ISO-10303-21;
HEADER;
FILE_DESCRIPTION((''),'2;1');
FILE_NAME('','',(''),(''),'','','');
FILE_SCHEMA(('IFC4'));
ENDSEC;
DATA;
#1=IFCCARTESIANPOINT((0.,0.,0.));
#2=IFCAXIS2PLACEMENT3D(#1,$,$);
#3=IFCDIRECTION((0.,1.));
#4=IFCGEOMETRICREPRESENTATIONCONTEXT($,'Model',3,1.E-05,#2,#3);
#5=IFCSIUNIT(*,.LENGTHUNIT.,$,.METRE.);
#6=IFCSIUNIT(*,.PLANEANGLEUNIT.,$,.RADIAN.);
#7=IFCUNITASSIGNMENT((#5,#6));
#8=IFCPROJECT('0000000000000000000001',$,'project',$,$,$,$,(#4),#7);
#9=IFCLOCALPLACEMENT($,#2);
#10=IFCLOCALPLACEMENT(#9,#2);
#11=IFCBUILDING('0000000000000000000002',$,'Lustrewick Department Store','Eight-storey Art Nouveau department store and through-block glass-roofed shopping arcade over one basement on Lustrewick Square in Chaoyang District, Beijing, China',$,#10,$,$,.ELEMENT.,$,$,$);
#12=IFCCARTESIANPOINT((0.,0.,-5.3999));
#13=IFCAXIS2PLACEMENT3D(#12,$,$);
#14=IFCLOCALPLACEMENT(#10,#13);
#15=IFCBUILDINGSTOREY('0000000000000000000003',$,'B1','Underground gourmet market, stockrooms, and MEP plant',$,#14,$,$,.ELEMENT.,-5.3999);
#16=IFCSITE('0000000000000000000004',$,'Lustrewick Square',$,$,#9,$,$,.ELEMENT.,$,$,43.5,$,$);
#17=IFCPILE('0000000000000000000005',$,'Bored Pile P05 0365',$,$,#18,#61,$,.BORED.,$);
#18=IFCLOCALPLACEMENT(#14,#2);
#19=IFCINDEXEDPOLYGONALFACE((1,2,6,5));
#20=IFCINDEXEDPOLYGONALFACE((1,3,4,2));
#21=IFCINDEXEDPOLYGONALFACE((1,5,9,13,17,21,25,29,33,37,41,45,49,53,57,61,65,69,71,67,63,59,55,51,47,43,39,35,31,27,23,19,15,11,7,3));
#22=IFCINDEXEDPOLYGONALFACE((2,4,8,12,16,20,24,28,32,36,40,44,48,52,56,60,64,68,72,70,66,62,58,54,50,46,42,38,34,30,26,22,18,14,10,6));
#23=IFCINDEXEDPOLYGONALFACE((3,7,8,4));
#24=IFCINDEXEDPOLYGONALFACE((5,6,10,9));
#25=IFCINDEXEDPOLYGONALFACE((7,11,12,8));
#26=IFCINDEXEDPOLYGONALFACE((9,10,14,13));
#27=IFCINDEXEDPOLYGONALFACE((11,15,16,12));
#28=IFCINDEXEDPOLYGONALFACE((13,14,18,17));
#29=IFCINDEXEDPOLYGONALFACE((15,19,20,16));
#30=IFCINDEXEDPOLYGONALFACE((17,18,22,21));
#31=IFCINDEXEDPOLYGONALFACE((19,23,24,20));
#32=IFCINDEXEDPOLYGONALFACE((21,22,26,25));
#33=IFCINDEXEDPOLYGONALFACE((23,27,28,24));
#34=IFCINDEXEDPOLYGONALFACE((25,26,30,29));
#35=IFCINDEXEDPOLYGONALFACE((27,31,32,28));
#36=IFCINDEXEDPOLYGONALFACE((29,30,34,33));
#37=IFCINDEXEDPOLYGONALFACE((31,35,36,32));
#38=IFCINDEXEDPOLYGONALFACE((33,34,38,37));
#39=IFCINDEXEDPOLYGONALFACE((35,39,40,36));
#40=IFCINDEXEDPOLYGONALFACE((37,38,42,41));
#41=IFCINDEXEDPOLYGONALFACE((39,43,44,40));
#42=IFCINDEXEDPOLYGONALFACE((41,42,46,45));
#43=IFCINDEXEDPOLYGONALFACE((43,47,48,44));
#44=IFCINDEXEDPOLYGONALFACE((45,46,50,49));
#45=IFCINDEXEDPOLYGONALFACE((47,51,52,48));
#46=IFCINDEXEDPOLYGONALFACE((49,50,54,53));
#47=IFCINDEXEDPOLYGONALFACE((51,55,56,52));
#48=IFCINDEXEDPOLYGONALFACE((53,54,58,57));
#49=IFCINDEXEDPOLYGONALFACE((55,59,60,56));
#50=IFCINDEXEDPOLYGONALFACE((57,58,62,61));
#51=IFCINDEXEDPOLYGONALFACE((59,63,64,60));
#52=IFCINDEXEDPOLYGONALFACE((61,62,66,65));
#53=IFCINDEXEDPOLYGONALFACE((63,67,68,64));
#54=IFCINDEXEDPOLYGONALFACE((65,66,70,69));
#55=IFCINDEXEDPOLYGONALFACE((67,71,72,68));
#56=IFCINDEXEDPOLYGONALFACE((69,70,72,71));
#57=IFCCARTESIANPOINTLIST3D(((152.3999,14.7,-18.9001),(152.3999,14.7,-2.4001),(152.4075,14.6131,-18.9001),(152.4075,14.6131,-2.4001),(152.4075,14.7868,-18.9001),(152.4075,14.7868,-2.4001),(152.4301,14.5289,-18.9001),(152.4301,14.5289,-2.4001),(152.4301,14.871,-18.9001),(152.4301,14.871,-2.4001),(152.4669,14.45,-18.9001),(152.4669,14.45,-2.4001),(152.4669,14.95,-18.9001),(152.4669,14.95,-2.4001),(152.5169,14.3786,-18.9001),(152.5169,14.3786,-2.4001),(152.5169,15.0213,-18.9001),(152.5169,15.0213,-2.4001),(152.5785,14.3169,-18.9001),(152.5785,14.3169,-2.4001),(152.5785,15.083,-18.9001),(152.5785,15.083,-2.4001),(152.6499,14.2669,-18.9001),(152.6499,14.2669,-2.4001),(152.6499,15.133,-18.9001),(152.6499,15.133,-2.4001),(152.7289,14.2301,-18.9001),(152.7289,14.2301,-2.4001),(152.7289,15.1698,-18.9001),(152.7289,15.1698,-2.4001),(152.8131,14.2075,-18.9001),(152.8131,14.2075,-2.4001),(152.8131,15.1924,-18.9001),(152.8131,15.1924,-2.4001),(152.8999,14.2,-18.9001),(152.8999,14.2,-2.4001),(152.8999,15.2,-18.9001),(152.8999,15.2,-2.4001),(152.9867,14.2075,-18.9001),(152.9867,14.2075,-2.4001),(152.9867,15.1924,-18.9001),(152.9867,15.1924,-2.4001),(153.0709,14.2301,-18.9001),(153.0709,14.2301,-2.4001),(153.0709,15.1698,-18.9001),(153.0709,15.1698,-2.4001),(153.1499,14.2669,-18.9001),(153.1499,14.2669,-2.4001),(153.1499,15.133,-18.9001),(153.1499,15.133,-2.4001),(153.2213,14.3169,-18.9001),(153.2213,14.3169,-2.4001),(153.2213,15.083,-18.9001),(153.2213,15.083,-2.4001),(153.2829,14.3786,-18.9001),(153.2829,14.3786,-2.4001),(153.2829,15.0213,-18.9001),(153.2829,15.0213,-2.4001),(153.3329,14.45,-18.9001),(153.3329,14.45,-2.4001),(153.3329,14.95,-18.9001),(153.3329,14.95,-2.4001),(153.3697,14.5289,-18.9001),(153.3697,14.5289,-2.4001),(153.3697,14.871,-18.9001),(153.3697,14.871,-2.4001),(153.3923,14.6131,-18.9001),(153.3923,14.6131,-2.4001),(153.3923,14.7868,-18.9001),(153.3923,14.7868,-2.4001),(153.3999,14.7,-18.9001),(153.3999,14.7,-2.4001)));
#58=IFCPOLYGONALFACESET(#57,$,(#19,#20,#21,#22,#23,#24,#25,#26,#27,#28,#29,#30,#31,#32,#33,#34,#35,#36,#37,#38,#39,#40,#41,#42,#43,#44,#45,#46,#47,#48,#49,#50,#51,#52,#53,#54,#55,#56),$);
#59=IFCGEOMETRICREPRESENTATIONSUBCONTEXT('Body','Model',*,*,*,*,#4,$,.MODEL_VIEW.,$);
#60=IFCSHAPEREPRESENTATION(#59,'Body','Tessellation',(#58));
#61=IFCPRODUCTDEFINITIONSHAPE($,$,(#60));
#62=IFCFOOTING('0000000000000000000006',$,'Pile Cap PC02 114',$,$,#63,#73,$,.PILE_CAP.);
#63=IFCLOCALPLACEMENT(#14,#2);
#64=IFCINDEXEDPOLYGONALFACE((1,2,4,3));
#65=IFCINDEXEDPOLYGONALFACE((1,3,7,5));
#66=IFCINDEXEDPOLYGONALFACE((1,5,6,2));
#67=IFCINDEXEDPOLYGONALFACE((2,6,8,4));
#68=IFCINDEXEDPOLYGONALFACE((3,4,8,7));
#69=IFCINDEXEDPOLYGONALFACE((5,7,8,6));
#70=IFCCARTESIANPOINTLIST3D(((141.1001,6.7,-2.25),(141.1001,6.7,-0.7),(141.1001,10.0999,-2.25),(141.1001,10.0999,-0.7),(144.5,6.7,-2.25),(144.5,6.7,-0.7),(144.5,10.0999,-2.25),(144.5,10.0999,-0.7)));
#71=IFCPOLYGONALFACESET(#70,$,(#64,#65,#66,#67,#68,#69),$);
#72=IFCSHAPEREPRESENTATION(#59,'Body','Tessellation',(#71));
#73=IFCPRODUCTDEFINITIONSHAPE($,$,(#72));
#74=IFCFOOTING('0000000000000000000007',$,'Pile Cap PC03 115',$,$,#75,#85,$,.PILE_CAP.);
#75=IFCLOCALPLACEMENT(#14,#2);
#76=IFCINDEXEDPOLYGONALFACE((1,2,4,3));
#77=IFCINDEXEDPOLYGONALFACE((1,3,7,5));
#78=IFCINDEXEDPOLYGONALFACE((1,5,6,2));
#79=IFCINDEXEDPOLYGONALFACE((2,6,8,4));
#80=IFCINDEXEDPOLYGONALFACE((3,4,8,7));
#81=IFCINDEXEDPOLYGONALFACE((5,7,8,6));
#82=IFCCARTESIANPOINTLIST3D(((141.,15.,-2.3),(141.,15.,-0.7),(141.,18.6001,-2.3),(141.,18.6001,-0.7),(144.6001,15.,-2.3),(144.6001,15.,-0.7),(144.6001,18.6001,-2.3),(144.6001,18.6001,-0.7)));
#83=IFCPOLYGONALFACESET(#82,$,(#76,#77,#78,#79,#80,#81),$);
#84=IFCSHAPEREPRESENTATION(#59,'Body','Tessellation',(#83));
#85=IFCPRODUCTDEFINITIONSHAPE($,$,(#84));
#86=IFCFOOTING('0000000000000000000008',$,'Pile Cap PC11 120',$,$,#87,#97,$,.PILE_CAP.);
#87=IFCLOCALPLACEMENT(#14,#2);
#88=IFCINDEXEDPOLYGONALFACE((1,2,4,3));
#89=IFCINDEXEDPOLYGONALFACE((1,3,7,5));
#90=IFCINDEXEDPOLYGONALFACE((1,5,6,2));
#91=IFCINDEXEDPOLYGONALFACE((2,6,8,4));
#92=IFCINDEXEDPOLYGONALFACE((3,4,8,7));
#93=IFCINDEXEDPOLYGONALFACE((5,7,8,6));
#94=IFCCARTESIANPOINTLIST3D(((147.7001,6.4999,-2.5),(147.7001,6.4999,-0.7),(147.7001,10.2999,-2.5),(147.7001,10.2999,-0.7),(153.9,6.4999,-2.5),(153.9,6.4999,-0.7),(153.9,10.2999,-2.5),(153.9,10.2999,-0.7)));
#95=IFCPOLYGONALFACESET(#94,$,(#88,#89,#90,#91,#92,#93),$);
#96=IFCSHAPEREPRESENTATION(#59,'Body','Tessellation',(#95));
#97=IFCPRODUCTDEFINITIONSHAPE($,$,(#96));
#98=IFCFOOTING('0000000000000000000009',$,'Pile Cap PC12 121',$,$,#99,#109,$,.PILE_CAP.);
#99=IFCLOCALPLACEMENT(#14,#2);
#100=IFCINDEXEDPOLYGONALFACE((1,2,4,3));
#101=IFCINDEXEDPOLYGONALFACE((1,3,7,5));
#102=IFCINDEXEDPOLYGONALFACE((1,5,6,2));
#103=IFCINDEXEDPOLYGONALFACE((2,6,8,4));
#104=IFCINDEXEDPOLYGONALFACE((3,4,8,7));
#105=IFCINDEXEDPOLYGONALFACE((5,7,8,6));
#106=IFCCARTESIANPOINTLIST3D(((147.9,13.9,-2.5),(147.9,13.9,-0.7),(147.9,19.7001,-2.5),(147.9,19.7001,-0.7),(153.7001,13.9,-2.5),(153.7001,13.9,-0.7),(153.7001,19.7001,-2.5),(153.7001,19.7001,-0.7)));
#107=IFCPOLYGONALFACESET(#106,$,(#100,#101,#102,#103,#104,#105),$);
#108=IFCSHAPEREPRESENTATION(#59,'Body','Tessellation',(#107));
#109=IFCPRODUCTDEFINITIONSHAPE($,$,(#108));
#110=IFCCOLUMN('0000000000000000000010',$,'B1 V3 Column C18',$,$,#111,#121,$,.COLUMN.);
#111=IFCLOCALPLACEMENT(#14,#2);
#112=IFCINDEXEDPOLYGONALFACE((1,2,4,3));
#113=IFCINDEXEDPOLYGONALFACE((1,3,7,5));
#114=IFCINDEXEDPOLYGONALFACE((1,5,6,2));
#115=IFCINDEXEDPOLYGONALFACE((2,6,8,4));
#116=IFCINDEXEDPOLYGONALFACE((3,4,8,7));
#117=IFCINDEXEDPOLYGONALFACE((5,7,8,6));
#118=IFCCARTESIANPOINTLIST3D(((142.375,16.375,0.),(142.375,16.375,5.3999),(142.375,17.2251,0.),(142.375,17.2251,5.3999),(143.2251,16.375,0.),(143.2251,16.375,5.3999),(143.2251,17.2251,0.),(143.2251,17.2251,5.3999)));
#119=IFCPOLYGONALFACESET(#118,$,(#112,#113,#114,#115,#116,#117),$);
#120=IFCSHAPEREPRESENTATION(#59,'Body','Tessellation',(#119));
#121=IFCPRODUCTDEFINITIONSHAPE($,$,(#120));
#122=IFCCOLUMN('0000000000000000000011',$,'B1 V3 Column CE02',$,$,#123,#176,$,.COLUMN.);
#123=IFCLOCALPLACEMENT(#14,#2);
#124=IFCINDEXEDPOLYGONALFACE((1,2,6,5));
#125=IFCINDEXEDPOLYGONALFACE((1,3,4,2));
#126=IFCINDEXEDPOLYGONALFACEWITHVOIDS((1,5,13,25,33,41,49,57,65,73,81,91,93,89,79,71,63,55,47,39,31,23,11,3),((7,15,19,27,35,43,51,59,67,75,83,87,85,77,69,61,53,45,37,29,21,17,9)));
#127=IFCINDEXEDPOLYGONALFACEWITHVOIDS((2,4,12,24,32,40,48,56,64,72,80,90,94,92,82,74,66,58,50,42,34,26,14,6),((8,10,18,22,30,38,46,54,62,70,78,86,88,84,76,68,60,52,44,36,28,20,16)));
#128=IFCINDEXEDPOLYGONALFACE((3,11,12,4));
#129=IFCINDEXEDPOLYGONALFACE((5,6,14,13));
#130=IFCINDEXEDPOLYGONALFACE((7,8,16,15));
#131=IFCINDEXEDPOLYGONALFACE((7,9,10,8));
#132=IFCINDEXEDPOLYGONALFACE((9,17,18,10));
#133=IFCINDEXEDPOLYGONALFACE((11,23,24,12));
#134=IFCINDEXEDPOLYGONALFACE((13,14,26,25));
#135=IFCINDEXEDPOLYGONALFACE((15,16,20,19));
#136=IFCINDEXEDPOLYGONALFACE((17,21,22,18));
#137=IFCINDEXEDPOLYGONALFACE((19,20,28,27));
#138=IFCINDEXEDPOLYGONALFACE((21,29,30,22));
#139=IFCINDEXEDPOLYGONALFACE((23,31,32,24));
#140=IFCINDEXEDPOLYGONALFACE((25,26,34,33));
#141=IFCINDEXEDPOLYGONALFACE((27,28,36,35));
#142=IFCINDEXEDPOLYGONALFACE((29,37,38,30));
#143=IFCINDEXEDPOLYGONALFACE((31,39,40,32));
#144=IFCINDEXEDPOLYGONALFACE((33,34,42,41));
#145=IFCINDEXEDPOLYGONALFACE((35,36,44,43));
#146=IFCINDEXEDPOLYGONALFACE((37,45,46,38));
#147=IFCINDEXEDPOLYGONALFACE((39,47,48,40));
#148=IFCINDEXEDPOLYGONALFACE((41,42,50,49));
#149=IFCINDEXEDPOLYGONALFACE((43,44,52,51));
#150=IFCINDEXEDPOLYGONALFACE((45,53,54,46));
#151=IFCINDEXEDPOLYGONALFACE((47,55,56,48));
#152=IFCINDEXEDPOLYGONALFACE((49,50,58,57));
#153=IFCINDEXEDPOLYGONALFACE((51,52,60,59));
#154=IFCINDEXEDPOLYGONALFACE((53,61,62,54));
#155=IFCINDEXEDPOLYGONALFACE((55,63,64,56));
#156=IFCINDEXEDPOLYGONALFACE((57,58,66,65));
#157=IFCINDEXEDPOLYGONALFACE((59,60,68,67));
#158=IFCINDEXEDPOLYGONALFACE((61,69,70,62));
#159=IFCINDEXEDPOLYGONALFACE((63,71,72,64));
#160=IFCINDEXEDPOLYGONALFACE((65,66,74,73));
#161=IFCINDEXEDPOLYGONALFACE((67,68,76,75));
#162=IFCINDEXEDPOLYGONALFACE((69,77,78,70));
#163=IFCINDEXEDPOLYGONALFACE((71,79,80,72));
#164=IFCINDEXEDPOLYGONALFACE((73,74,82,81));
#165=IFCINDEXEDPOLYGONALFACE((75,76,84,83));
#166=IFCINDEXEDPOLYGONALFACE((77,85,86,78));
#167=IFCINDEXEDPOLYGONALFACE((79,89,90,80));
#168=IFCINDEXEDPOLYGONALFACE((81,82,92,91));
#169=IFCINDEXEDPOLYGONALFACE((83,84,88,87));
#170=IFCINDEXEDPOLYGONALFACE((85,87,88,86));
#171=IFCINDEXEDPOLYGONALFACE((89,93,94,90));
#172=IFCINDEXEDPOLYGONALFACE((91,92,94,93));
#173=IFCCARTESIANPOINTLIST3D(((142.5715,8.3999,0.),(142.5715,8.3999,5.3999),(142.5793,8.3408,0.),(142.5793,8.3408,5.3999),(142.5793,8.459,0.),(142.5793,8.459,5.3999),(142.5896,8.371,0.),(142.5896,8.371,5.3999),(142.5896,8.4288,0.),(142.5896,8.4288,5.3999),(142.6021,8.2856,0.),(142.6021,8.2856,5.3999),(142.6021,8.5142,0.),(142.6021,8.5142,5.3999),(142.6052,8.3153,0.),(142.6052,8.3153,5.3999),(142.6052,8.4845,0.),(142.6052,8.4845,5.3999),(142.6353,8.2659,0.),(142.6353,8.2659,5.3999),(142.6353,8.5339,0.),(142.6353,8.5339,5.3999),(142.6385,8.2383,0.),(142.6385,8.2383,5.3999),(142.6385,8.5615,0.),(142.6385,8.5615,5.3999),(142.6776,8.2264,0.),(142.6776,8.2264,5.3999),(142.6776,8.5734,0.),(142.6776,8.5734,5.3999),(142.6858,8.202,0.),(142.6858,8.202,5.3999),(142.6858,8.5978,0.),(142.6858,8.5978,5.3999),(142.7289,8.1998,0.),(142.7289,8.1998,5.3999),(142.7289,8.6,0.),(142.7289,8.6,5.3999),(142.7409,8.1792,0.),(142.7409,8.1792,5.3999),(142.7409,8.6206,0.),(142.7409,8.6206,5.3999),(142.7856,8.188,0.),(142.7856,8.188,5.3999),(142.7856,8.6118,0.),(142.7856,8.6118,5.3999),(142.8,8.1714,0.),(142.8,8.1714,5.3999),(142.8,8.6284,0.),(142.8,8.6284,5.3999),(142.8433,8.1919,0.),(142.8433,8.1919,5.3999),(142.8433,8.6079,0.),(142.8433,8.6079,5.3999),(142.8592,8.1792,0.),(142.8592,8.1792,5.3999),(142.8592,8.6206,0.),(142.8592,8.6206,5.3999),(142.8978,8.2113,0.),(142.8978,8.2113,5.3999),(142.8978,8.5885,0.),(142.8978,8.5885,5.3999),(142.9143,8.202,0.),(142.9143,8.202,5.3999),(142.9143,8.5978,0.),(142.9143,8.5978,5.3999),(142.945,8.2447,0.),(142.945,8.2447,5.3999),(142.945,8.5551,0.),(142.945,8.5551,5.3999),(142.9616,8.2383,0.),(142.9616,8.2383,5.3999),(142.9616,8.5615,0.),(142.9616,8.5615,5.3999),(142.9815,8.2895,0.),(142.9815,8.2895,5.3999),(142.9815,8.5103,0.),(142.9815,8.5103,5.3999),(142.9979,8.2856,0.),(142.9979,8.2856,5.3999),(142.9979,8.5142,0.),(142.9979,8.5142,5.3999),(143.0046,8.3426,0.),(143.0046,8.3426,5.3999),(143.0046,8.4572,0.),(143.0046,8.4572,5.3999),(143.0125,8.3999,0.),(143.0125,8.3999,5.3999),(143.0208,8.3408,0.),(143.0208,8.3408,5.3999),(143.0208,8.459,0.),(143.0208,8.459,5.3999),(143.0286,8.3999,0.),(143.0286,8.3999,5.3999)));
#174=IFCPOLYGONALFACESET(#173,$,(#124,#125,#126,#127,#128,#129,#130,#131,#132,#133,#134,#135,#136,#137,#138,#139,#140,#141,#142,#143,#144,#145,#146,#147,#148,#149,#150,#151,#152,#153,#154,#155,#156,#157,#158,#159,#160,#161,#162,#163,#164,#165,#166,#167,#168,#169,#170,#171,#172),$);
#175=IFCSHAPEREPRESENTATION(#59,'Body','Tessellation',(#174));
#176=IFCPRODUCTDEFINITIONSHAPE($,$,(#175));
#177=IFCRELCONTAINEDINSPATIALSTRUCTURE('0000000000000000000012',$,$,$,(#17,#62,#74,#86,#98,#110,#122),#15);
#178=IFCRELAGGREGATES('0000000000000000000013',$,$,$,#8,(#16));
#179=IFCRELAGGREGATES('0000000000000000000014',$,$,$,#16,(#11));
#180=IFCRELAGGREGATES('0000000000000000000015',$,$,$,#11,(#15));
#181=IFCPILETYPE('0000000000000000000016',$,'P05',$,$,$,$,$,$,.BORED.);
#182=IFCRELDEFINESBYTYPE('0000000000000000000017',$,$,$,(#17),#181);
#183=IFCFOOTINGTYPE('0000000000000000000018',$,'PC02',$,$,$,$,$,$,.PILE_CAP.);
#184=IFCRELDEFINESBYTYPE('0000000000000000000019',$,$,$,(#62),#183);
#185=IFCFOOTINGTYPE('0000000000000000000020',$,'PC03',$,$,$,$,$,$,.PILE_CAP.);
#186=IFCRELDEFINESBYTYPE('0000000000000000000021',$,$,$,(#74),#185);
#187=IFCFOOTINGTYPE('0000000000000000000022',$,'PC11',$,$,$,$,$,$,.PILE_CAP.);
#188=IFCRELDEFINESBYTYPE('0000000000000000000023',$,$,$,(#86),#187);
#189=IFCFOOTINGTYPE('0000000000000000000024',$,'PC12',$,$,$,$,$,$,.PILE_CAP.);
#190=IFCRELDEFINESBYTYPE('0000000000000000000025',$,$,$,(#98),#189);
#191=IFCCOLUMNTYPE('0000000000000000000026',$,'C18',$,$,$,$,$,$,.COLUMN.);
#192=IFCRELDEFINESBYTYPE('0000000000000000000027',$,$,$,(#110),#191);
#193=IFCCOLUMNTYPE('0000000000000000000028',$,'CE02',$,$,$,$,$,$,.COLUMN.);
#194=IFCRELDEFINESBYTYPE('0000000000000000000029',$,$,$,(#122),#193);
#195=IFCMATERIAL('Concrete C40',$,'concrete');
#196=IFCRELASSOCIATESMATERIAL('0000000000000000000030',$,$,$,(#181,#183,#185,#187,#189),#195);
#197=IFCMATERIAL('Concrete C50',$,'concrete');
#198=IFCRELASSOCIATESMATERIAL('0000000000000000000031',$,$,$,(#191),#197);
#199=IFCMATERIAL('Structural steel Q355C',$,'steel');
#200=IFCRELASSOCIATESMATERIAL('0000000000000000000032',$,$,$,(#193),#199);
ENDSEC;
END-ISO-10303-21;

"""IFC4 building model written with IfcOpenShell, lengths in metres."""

from ifc_helpers import new_model, si_unit, direction, frame, origin, origin_2d, place, context, subcontext, project, spatial, rectangle, circle, hollow_circle, extrude, material, material_profile, profile_set, type_object, element, save


model = new_model("IFC4")

# Units and contexts
model_context = context("Model", 3, precision=1e-05, world=origin(), true_north=direction((0.0, 1.0)))
body_context = subcontext(model_context, "Body", "Model", "MODEL_VIEW")
ifc_project = project(units=[si_unit("LENGTHUNIT", "METRE"), si_unit("PLANEANGLEUNIT", "RADIAN")], contexts=[model_context])

# Site, building, storey
site_placement = place(None, origin())
site = spatial("IfcSite", under=ifc_project, at=site_placement, Name="Lustrewick Square", CompositionType="ELEMENT", RefElevation=43.5)
building_placement = place(site_placement, origin())
building = spatial("IfcBuilding", under=site, at=building_placement, Name="Lustrewick Department Store", Description="Eight-storey Art Nouveau department store and through-block glass-roofed shopping arcade over one basement on Lustrewick Square in Chaoyang District, Beijing, China", CompositionType="ELEMENT")
storey_placement = place(building_placement, frame((0.0, 0.0, -5.3999)))
storey = spatial("IfcBuildingStorey", under=building, at=storey_placement, Name="B1", Description="Underground gourmet market, stockrooms, and MEP plant", CompositionType="ELEMENT", Elevation=-5.3999)

# Pile
ifc_material_1 = material(Name="Concrete C40", Category="concrete")
ifc_material_profile_1 = material_profile(ifc_material_1, circle(Radius=0.5, at=origin_2d()), Name="PILE D1000")
ifc_profile_set_1 = profile_set([ifc_material_profile_1], Name="Concrete C40")
pile_type_1 = type_object("IfcPileType", Name="P05", PredefinedType="BORED", material=ifc_profile_set_1)
for number, where, z_axis, x_axis, name in (
    (1, (152.8999, 14.7, -2.4001), (0.0, 0.0, -1.0), (1.0, 0.0, 0.0), "Bored Pile P05 0365"),
):
    element("IfcPile", number, at=place(storey_placement, frame(where, z_axis=z_axis, x_axis=x_axis)), inside=storey, type_object=pile_type_1, Name=name, PredefinedType="BORED", context=body_context, shape_type="SweptSolid", body=[
        extrude(circle(Radius=0.5, at=origin_2d()), origin(), (0.0, 0.0, 1.0), 16.5),
    ])

# Footings
footing_type_1 = type_object("IfcFootingType", Name="PC02", PredefinedType="PILE_CAP", material=ifc_material_1)
footing_1_placement = place(storey_placement, frame((142.8, 8.3999, -2.25), z_axis=(0.0, 0.0, 1.0), x_axis=(1.0, 0.0, 0.0)))
element("IfcFooting", 2, at=footing_1_placement, inside=storey, type_object=footing_type_1, Name="Pile Cap PC02 114", PredefinedType="PILE_CAP", context=body_context, shape_type="SweptSolid", body=[
    extrude(rectangle(XDim=3.3999, YDim=3.3999, at=origin_2d()), origin(), (0.0, 0.0, 1.0), 1.55),
])
footing_type_2 = type_object("IfcFootingType", Name="PC03", PredefinedType="PILE_CAP", material=ifc_material_1)
footing_2_placement = place(storey_placement, frame((142.8, 16.8, -2.3), z_axis=(0.0, 0.0, 1.0), x_axis=(1.0, 0.0, 0.0)))
element("IfcFooting", 3, at=footing_2_placement, inside=storey, type_object=footing_type_2, Name="Pile Cap PC03 115", PredefinedType="PILE_CAP", context=body_context, shape_type="SweptSolid", body=[
    extrude(rectangle(XDim=3.6001, YDim=3.6001, at=origin_2d()), origin(), (0.0, 0.0, 1.0), 1.6001),
])
footing_type_3 = type_object("IfcFootingType", Name="PC11", PredefinedType="PILE_CAP", material=ifc_material_1)
footing_3_placement = place(storey_placement, frame((150.8, 8.3999, -2.5), z_axis=(0.0, 0.0, 1.0), x_axis=(1.0, 0.0, 0.0)))
element("IfcFooting", 4, at=footing_3_placement, inside=storey, type_object=footing_type_3, Name="Pile Cap PC11 120", PredefinedType="PILE_CAP", context=body_context, shape_type="SweptSolid", body=[
    extrude(rectangle(XDim=6.2, YDim=3.8, at=origin_2d()), origin(), (0.0, 0.0, 1.0), 1.8),
])
footing_type_4 = type_object("IfcFootingType", Name="PC12", PredefinedType="PILE_CAP", material=ifc_material_1)
footing_4_placement = place(storey_placement, frame((150.8, 16.8, -2.5), z_axis=(0.0, 0.0, 1.0), x_axis=(1.0, 0.0, 0.0)))
element("IfcFooting", 5, at=footing_4_placement, inside=storey, type_object=footing_type_4, Name="Pile Cap PC12 121", PredefinedType="PILE_CAP", context=body_context, shape_type="SweptSolid", body=[
    extrude(rectangle(XDim=5.8, YDim=5.8, at=origin_2d()), origin(), (0.0, 0.0, 1.0), 1.8),
])

# Columns
ifc_material_2 = material(Name="Concrete C50", Category="concrete")
ifc_material_profile_2 = material_profile(ifc_material_2, rectangle(XDim=0.8501, YDim=0.8501, at=origin_2d()), Name="RC 850x850")
ifc_profile_set_2 = profile_set([ifc_material_profile_2], Name="Concrete C50")
column_type_1 = type_object("IfcColumnType", Name="C18", PredefinedType="COLUMN", material=ifc_profile_set_2)
column_placement = place(storey_placement, frame((142.8, 16.8, 0.0), z_axis=(0.0, 0.0, 1.0), x_axis=(1.0, 0.0, 0.0)))
element("IfcColumn", 6, at=column_placement, inside=storey, type_object=column_type_1, Name="B1 V3 Column C18", PredefinedType="COLUMN", context=body_context, shape_type="SweptSolid", body=[
    extrude(rectangle(XDim=0.8501, YDim=0.8501, at=origin_2d()), origin(), (0.0, 0.0, 1.0), 5.3999),
])
ifc_material_3 = material(Name="Structural steel Q355C", Category="steel")
ifc_material_profile_3 = material_profile(ifc_material_3, hollow_circle(Radius=0.2285, WallThickness=0.0161, at=origin_2d()), Name="CHS 457x16")
ifc_profile_set_3 = profile_set([ifc_material_profile_3], Name="Structural steel Q355C")
column_type_2 = type_object("IfcColumnType", Name="CE02", PredefinedType="COLUMN", material=ifc_profile_set_3)
for number, where, z_axis, x_axis, name in (
    (7, (142.8, 8.3999, 0.0), (0.0, 0.0, 1.0), (1.0, 0.0, 0.0), "B1 V3 Column CE02"),
):
    element("IfcColumn", number, at=place(storey_placement, frame(where, z_axis=z_axis, x_axis=x_axis)), inside=storey, type_object=column_type_2, Name=name, PredefinedType="COLUMN", context=body_context, shape_type="SweptSolid", body=[
        extrude(hollow_circle(Radius=0.2285, WallThickness=0.0161, at=origin_2d()), origin(), (0.0, 0.0, 1.0), 5.3999),
    ])

save(model, "model.ifc")
